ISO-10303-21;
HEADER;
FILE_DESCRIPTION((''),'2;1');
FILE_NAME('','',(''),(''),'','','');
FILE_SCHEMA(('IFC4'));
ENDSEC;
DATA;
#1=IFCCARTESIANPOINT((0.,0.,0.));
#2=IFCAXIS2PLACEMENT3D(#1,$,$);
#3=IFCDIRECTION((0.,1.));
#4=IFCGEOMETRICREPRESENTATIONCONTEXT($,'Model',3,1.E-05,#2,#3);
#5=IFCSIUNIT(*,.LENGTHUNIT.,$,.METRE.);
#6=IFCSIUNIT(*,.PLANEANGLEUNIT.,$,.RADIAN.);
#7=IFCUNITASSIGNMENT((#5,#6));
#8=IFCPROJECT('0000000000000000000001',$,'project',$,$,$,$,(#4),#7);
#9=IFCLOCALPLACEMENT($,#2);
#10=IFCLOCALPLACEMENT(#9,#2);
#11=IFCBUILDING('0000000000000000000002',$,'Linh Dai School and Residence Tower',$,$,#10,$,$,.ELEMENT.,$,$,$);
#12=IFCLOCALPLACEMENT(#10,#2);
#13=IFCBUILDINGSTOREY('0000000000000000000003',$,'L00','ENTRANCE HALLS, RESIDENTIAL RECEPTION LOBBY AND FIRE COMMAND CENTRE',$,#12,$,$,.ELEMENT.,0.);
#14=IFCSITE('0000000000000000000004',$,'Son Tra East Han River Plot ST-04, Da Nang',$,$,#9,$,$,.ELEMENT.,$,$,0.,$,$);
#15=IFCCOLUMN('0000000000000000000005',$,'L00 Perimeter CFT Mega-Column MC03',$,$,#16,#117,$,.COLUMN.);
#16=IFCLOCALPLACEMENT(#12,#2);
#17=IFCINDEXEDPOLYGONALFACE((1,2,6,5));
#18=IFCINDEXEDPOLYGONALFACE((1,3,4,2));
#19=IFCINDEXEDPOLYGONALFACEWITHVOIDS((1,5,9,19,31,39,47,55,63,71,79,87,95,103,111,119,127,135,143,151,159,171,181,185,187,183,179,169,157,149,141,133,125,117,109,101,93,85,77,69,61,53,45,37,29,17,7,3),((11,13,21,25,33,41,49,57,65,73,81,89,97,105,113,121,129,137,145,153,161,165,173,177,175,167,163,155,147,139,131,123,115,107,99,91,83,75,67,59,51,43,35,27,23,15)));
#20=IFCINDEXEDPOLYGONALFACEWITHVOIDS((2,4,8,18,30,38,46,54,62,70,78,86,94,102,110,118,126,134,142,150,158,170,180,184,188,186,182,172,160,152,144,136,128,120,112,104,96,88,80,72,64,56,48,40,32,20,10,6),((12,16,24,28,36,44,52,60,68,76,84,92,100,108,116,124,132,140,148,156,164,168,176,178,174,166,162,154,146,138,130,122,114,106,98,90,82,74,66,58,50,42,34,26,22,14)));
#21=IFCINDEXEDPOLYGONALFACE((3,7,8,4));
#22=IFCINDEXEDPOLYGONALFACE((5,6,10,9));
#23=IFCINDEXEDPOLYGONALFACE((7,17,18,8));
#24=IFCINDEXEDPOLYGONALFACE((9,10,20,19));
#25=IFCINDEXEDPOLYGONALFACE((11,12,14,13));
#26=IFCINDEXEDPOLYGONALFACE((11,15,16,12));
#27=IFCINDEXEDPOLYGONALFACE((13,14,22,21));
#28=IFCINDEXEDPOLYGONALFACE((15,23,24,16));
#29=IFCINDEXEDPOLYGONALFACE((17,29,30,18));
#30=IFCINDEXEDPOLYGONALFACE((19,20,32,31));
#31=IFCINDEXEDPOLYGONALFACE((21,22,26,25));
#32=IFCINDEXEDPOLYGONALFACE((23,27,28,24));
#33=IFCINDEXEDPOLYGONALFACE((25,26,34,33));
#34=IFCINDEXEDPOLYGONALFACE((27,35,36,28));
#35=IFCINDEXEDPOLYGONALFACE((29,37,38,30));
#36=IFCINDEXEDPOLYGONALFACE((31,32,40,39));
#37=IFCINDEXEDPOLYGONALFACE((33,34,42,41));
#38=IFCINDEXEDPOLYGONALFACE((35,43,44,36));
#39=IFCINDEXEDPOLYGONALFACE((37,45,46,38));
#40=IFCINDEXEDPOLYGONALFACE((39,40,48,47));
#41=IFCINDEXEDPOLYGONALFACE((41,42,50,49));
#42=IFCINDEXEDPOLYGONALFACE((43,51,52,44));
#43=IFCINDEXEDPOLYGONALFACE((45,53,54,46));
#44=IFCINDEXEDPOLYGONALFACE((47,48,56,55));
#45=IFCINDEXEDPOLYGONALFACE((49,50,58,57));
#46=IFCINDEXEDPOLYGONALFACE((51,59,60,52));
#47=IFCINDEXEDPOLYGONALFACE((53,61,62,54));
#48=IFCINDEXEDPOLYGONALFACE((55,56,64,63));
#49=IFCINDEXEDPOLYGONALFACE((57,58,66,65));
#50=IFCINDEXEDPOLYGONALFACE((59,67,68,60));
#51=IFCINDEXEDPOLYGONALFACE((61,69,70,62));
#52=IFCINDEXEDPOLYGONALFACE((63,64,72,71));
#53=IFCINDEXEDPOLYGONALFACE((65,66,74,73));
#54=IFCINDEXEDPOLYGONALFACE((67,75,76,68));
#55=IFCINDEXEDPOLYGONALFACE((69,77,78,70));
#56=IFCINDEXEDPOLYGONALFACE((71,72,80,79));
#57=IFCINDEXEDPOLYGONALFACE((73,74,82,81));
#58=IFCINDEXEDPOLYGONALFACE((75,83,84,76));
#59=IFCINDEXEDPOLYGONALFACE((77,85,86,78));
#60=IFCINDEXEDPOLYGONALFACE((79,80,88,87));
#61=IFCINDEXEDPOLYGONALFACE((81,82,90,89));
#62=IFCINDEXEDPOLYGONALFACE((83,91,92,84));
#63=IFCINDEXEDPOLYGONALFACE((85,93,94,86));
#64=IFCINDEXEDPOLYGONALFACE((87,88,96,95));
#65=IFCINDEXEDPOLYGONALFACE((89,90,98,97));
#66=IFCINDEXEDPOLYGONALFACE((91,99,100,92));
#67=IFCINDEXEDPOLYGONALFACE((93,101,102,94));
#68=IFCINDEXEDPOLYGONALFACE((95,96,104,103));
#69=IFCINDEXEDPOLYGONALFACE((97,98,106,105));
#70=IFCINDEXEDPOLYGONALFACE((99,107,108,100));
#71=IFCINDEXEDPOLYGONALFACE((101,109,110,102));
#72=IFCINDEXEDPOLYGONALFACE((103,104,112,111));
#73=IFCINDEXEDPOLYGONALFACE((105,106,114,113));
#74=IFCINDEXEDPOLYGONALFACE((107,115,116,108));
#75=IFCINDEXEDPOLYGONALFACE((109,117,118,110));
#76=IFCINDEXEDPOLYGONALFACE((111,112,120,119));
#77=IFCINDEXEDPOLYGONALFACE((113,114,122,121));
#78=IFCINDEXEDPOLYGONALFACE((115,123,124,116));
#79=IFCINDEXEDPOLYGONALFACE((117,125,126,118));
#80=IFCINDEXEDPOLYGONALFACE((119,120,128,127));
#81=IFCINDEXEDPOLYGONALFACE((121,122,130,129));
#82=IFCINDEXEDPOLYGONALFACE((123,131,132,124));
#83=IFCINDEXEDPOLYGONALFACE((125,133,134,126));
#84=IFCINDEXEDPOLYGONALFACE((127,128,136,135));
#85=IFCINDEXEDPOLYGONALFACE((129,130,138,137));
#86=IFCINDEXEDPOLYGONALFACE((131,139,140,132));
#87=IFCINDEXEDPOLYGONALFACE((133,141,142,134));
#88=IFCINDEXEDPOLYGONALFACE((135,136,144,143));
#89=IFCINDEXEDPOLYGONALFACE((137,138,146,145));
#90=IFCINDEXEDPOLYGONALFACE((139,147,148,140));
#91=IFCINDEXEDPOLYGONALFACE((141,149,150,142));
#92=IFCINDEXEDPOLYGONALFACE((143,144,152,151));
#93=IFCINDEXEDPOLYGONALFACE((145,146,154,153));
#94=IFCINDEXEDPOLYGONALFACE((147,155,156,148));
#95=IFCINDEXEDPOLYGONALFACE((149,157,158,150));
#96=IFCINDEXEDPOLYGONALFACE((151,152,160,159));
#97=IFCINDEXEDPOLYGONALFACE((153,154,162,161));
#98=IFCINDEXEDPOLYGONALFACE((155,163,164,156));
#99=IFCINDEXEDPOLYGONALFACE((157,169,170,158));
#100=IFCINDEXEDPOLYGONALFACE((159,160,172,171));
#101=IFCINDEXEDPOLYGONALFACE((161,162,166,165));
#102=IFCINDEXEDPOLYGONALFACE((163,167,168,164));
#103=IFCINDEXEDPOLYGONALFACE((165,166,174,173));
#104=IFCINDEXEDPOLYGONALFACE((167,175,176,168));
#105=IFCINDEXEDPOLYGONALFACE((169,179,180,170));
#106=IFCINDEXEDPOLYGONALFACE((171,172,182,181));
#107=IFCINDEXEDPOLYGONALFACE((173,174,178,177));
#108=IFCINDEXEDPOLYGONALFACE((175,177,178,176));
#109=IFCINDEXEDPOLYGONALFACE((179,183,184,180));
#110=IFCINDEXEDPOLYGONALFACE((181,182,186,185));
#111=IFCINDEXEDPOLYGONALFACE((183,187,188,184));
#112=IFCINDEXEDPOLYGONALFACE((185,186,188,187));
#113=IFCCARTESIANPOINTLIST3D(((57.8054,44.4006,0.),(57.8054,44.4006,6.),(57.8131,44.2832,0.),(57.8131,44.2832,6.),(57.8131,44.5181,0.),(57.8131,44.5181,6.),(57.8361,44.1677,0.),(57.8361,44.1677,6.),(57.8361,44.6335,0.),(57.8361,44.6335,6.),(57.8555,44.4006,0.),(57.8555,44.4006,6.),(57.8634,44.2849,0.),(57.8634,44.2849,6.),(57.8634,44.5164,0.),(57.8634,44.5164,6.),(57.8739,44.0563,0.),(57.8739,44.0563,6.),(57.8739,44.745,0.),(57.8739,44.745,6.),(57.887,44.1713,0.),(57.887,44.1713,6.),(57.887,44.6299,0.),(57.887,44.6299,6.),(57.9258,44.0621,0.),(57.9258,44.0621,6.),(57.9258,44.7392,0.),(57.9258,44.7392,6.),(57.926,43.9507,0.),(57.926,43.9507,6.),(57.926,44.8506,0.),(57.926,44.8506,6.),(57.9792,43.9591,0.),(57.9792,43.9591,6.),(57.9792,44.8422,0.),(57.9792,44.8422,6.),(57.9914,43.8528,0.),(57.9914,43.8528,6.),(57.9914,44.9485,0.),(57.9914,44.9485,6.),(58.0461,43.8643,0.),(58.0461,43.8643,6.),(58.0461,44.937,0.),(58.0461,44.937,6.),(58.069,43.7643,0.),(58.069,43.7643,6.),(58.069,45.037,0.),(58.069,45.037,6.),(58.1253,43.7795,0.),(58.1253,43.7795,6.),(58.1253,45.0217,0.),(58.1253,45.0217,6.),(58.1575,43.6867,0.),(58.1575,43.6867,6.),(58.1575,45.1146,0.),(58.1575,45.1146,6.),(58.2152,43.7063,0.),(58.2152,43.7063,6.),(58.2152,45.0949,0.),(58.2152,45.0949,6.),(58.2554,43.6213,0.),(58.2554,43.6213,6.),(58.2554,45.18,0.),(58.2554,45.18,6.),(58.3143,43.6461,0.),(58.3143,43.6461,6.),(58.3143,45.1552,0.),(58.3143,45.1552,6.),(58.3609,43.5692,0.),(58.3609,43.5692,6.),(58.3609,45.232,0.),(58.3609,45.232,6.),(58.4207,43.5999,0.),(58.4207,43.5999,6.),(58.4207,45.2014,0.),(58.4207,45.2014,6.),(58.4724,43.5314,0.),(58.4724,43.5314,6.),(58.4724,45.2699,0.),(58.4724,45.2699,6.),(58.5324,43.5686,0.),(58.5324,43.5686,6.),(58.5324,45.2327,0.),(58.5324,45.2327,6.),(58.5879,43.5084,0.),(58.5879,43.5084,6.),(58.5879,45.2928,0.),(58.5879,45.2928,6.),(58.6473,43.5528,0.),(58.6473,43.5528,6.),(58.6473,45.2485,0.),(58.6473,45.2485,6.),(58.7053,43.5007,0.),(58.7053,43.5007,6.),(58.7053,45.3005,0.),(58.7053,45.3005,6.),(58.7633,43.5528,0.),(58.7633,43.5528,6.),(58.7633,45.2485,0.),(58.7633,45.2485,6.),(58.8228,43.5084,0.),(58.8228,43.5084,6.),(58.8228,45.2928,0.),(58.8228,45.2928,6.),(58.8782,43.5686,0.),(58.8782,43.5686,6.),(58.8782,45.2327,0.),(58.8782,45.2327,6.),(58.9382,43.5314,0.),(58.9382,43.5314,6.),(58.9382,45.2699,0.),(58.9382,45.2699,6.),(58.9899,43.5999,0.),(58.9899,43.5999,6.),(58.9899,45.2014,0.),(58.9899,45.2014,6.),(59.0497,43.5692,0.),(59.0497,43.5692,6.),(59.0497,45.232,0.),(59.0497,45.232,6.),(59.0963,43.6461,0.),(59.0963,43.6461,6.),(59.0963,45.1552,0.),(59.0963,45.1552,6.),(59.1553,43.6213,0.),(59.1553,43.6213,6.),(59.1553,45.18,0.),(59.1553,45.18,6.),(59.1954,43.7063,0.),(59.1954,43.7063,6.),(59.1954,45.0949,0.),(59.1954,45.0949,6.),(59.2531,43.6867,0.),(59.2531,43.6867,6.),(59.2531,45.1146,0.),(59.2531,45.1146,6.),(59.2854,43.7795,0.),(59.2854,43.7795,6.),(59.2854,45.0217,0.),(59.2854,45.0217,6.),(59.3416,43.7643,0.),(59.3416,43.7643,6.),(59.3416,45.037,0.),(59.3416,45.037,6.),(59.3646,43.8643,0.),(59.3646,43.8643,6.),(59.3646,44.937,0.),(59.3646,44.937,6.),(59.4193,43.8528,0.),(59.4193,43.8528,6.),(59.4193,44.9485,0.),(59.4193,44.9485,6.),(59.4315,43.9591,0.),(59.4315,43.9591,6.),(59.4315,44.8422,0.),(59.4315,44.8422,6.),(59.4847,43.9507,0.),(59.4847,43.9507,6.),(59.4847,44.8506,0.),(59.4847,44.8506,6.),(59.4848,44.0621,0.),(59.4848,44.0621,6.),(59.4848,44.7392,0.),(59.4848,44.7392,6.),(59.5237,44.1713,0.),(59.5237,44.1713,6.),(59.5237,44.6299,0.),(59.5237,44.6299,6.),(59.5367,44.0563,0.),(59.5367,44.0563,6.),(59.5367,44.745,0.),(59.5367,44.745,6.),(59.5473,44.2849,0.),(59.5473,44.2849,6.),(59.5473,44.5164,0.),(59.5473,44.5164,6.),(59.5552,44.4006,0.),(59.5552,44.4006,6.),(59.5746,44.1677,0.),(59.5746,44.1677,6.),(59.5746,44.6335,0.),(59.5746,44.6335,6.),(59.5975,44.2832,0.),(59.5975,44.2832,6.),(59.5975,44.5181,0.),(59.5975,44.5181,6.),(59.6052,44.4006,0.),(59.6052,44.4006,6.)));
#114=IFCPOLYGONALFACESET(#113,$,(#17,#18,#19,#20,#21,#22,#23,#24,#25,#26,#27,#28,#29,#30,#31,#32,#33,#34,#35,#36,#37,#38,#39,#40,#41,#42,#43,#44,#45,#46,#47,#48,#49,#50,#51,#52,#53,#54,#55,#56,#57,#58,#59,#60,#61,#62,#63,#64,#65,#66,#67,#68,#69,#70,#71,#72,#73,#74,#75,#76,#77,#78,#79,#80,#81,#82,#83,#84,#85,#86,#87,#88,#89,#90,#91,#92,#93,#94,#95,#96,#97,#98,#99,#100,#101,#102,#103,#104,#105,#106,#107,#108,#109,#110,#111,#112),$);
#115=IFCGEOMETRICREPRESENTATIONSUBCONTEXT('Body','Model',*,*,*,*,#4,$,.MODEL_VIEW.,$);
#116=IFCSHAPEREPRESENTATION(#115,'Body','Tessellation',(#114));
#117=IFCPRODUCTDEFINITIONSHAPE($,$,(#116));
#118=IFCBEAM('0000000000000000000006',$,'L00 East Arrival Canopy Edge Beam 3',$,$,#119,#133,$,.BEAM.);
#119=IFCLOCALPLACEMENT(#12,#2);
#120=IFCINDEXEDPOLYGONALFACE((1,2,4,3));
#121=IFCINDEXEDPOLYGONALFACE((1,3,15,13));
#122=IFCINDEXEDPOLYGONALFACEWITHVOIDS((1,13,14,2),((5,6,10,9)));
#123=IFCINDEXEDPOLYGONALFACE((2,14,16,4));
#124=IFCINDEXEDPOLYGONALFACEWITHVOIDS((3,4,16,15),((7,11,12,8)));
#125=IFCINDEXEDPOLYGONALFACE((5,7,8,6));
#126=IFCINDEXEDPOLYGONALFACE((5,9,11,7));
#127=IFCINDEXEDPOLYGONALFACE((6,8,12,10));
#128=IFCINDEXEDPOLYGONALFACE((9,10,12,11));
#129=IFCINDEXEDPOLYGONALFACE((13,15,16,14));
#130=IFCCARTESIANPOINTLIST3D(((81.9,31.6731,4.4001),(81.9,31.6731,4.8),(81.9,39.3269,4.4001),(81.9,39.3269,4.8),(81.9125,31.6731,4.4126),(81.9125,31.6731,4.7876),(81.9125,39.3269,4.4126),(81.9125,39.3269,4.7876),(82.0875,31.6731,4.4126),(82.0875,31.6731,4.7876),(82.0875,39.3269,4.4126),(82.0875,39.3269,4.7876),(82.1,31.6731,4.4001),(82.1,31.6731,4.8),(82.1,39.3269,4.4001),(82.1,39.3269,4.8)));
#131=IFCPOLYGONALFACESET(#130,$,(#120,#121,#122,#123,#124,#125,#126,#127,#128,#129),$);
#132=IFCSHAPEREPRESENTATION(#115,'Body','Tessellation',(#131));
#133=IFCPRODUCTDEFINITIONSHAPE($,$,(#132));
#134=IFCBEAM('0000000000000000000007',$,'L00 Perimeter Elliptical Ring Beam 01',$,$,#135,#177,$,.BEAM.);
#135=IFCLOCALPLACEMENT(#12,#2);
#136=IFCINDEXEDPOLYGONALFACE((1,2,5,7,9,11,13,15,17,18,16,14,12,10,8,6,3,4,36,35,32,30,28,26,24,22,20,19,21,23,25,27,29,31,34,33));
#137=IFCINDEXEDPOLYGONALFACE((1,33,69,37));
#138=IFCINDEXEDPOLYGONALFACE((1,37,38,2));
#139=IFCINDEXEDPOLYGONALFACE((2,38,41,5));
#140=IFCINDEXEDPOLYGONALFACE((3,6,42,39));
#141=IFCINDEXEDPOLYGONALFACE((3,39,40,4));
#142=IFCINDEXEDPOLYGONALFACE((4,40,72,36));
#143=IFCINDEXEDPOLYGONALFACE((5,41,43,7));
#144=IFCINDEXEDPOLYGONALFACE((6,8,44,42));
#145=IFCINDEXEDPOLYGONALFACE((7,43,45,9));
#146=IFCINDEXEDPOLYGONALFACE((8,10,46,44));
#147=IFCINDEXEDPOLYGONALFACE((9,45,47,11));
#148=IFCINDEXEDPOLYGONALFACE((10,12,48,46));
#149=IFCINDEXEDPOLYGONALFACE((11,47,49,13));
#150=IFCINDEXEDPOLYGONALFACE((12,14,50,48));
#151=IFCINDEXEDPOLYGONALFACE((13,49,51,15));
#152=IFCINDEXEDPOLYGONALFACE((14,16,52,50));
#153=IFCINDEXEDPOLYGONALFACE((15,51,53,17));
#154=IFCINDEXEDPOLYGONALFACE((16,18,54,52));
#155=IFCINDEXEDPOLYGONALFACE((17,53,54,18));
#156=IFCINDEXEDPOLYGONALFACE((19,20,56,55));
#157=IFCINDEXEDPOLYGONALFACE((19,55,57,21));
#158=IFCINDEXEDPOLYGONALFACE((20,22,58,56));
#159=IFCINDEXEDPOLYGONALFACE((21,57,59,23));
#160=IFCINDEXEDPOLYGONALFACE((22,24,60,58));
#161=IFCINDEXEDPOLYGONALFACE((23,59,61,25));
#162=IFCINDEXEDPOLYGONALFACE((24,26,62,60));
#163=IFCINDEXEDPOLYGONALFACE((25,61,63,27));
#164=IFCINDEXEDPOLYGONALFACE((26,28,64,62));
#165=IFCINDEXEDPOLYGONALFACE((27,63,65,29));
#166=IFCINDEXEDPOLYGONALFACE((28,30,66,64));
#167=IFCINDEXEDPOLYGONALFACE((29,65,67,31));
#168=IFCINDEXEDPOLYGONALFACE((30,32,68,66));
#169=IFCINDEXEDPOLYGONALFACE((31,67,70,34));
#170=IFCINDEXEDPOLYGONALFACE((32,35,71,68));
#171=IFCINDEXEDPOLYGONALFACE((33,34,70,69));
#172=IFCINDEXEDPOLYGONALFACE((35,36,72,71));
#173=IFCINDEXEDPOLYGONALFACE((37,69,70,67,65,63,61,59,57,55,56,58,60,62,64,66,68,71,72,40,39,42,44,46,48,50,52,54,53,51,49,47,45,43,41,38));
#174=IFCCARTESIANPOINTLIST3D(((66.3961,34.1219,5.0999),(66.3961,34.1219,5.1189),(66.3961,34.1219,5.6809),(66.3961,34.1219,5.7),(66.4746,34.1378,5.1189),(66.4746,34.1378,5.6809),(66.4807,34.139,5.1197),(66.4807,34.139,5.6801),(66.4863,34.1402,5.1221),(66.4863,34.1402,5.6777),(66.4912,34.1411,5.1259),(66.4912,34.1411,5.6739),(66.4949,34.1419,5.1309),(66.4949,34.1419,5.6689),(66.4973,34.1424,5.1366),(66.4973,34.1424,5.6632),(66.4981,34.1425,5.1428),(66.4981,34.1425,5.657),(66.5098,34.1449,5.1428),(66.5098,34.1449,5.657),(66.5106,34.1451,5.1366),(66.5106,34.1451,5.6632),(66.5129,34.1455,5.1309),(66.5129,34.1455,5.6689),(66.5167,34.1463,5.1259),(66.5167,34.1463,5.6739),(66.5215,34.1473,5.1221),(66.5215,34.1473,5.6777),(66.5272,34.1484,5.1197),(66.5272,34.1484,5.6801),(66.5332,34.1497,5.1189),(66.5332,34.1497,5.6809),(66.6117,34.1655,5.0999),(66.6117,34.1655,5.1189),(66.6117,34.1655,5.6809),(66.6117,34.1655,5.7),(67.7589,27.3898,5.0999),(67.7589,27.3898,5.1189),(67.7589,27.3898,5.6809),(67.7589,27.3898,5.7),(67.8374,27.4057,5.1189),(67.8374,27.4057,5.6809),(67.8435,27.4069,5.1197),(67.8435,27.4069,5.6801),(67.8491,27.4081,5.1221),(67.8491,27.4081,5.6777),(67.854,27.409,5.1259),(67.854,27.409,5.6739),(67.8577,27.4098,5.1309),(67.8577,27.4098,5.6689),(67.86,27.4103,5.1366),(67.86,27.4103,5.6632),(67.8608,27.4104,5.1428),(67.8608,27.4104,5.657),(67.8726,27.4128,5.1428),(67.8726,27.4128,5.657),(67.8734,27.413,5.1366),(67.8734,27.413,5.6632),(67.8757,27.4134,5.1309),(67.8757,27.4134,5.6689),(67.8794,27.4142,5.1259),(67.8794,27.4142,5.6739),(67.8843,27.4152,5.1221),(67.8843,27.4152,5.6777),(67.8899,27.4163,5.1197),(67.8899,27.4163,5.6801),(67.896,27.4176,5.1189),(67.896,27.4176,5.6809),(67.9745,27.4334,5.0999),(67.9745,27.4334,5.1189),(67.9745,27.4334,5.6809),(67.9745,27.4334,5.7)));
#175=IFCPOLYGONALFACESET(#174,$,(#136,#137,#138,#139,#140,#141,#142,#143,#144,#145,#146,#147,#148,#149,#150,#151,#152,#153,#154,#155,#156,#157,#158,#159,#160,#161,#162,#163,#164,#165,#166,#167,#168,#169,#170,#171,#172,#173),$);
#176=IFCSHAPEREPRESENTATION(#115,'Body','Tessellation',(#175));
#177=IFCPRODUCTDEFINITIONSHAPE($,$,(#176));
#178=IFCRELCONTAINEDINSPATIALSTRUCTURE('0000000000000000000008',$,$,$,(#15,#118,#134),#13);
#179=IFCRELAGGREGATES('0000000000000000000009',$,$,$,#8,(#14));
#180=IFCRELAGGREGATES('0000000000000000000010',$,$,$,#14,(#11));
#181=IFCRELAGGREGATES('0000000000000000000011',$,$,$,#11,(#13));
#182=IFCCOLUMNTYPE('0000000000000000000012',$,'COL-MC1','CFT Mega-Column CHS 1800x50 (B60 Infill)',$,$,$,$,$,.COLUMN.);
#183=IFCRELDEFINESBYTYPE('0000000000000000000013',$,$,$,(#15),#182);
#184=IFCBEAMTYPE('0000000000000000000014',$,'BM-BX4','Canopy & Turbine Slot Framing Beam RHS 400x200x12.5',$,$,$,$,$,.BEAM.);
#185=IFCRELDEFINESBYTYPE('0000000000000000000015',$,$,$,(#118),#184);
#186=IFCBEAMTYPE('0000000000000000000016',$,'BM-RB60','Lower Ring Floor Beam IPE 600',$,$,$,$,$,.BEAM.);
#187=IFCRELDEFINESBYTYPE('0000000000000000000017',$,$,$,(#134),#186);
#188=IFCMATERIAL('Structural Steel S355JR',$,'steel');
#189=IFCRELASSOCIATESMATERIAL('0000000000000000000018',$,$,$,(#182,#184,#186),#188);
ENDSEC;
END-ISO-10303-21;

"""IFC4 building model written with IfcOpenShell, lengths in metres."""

from ifc_helpers import new_model, si_unit, direction, frame, origin, origin_2d, place, context, subcontext, project, spatial, hollow_rectangle, hollow_circle, i_section, extrude, material, material_profile, profile_set, type_object, element, save


model = new_model("IFC4")

# Units and contexts
model_context = context("Model", 3, precision=1e-05, world=origin(), true_north=direction((0.0, 1.0)))
body_context = subcontext(model_context, "Body", "Model", "MODEL_VIEW")
ifc_project = project(units=[si_unit("LENGTHUNIT", "METRE"), si_unit("PLANEANGLEUNIT", "RADIAN")], contexts=[model_context])

# Site, building, storey
site_placement = place(None, origin())
site = spatial("IfcSite", under=ifc_project, at=site_placement, Name="Son Tra East Han River Plot ST-04, Da Nang", CompositionType="ELEMENT", RefElevation=0.0)
building_placement = place(site_placement, origin())
building = spatial("IfcBuilding", under=site, at=building_placement, Name="Linh Dai School and Residence Tower", CompositionType="ELEMENT")
storey_placement = place(building_placement, origin())
storey = spatial("IfcBuildingStorey", under=building, at=storey_placement, Name="L00", Description="ENTRANCE HALLS, RESIDENTIAL RECEPTION LOBBY AND FIRE COMMAND CENTRE", CompositionType="ELEMENT", Elevation=0.0)

# Column
ifc_material_1 = material(Name="Structural Steel S355JR", Category="steel")
ifc_material_profile_1 = material_profile(ifc_material_1, hollow_circle(Radius=0.8999, WallThickness=0.05, at=origin_2d()), Name="CHS 1800x50")
ifc_profile_set_1 = profile_set([ifc_material_profile_1], Name="Structural Steel S355JR")
column_type_1 = type_object("IfcColumnType", Name="COL-MC1", Description="CFT Mega-Column CHS 1800x50 (B60 Infill)", PredefinedType="COLUMN", material=ifc_profile_set_1)
for number, where, z_axis, x_axis, name in (
    (1, (58.7053, 44.4006, 0.0), (0.0, 0.0, 1.0), (1.0, 0.0, 0.0), "L00 Perimeter CFT Mega-Column MC03"),
):
    element("IfcColumn", number, at=place(storey_placement, frame(where, z_axis=z_axis, x_axis=x_axis)), inside=storey, type_object=column_type_1, Name=name, PredefinedType="COLUMN", context=body_context, shape_type="SweptSolid", body=[
        extrude(hollow_circle(Radius=0.8999, WallThickness=0.05, at=origin_2d()), origin(), (0.0, 0.0, 1.0), 6.0),
    ])

# Beams
ifc_material_profile_2 = material_profile(ifc_material_1, hollow_rectangle(XDim=0.2, YDim=0.3999, WallThickness=0.0125, at=origin_2d()), Name="RHS 400x200x12.5")
ifc_profile_set_2 = profile_set([ifc_material_profile_2], Name="Structural Steel S355JR")
beam_type_1 = type_object("IfcBeamType", Name="BM-BX4", Description="Canopy & Turbine Slot Framing Beam RHS 400x200x12.5", PredefinedType="BEAM", material=ifc_profile_set_2)
beam_1_placement = place(storey_placement, frame((82.0, 31.6731, 4.6001), z_axis=(0.0, 1.0, 0.0), x_axis=(-1.0, 0.0, 0.0)))
element("IfcBeam", 2, at=beam_1_placement, inside=storey, type_object=beam_type_1, Name="L00 East Arrival Canopy Edge Beam 3", PredefinedType="BEAM", context=body_context, shape_type="SweptSolid", body=[
    extrude(hollow_rectangle(XDim=0.2, YDim=0.3999, WallThickness=0.0125, at=origin_2d()), origin(), (0.0, 0.0, 1.0), 7.6538),
])
ifc_material_profile_3 = material_profile(ifc_material_1, i_section(OverallWidth=0.22, OverallDepth=0.6001, WebThickness=0.012, FlangeThickness=0.019, FilletRadius=0.0239, at=origin_2d()), Name="IPE 600")
ifc_profile_set_3 = profile_set([ifc_material_profile_3], Name="Structural Steel S355JR")
beam_type_2 = type_object("IfcBeamType", Name="BM-RB60", Description="Lower Ring Floor Beam IPE 600", PredefinedType="BEAM", material=ifc_profile_set_3)
beam_2_placement = place(storey_placement, frame((67.8667, 27.4116, 5.3999), z_axis=(-0.198405, 0.98012, 0.0), x_axis=(-0.98012, -0.198405, 0.0)))
element("IfcBeam", 3, at=beam_2_placement, inside=storey, type_object=beam_type_2, Name="L00 Perimeter Elliptical Ring Beam 01", PredefinedType="BEAM", context=body_context, shape_type="SweptSolid", body=[
    extrude(i_section(OverallWidth=0.22, OverallDepth=0.6001, WebThickness=0.012, FlangeThickness=0.019, FilletRadius=0.0239, at=origin_2d()), origin(), (0.0, 0.0, 1.0), 6.8687),
])

save(model, "model.ifc")
